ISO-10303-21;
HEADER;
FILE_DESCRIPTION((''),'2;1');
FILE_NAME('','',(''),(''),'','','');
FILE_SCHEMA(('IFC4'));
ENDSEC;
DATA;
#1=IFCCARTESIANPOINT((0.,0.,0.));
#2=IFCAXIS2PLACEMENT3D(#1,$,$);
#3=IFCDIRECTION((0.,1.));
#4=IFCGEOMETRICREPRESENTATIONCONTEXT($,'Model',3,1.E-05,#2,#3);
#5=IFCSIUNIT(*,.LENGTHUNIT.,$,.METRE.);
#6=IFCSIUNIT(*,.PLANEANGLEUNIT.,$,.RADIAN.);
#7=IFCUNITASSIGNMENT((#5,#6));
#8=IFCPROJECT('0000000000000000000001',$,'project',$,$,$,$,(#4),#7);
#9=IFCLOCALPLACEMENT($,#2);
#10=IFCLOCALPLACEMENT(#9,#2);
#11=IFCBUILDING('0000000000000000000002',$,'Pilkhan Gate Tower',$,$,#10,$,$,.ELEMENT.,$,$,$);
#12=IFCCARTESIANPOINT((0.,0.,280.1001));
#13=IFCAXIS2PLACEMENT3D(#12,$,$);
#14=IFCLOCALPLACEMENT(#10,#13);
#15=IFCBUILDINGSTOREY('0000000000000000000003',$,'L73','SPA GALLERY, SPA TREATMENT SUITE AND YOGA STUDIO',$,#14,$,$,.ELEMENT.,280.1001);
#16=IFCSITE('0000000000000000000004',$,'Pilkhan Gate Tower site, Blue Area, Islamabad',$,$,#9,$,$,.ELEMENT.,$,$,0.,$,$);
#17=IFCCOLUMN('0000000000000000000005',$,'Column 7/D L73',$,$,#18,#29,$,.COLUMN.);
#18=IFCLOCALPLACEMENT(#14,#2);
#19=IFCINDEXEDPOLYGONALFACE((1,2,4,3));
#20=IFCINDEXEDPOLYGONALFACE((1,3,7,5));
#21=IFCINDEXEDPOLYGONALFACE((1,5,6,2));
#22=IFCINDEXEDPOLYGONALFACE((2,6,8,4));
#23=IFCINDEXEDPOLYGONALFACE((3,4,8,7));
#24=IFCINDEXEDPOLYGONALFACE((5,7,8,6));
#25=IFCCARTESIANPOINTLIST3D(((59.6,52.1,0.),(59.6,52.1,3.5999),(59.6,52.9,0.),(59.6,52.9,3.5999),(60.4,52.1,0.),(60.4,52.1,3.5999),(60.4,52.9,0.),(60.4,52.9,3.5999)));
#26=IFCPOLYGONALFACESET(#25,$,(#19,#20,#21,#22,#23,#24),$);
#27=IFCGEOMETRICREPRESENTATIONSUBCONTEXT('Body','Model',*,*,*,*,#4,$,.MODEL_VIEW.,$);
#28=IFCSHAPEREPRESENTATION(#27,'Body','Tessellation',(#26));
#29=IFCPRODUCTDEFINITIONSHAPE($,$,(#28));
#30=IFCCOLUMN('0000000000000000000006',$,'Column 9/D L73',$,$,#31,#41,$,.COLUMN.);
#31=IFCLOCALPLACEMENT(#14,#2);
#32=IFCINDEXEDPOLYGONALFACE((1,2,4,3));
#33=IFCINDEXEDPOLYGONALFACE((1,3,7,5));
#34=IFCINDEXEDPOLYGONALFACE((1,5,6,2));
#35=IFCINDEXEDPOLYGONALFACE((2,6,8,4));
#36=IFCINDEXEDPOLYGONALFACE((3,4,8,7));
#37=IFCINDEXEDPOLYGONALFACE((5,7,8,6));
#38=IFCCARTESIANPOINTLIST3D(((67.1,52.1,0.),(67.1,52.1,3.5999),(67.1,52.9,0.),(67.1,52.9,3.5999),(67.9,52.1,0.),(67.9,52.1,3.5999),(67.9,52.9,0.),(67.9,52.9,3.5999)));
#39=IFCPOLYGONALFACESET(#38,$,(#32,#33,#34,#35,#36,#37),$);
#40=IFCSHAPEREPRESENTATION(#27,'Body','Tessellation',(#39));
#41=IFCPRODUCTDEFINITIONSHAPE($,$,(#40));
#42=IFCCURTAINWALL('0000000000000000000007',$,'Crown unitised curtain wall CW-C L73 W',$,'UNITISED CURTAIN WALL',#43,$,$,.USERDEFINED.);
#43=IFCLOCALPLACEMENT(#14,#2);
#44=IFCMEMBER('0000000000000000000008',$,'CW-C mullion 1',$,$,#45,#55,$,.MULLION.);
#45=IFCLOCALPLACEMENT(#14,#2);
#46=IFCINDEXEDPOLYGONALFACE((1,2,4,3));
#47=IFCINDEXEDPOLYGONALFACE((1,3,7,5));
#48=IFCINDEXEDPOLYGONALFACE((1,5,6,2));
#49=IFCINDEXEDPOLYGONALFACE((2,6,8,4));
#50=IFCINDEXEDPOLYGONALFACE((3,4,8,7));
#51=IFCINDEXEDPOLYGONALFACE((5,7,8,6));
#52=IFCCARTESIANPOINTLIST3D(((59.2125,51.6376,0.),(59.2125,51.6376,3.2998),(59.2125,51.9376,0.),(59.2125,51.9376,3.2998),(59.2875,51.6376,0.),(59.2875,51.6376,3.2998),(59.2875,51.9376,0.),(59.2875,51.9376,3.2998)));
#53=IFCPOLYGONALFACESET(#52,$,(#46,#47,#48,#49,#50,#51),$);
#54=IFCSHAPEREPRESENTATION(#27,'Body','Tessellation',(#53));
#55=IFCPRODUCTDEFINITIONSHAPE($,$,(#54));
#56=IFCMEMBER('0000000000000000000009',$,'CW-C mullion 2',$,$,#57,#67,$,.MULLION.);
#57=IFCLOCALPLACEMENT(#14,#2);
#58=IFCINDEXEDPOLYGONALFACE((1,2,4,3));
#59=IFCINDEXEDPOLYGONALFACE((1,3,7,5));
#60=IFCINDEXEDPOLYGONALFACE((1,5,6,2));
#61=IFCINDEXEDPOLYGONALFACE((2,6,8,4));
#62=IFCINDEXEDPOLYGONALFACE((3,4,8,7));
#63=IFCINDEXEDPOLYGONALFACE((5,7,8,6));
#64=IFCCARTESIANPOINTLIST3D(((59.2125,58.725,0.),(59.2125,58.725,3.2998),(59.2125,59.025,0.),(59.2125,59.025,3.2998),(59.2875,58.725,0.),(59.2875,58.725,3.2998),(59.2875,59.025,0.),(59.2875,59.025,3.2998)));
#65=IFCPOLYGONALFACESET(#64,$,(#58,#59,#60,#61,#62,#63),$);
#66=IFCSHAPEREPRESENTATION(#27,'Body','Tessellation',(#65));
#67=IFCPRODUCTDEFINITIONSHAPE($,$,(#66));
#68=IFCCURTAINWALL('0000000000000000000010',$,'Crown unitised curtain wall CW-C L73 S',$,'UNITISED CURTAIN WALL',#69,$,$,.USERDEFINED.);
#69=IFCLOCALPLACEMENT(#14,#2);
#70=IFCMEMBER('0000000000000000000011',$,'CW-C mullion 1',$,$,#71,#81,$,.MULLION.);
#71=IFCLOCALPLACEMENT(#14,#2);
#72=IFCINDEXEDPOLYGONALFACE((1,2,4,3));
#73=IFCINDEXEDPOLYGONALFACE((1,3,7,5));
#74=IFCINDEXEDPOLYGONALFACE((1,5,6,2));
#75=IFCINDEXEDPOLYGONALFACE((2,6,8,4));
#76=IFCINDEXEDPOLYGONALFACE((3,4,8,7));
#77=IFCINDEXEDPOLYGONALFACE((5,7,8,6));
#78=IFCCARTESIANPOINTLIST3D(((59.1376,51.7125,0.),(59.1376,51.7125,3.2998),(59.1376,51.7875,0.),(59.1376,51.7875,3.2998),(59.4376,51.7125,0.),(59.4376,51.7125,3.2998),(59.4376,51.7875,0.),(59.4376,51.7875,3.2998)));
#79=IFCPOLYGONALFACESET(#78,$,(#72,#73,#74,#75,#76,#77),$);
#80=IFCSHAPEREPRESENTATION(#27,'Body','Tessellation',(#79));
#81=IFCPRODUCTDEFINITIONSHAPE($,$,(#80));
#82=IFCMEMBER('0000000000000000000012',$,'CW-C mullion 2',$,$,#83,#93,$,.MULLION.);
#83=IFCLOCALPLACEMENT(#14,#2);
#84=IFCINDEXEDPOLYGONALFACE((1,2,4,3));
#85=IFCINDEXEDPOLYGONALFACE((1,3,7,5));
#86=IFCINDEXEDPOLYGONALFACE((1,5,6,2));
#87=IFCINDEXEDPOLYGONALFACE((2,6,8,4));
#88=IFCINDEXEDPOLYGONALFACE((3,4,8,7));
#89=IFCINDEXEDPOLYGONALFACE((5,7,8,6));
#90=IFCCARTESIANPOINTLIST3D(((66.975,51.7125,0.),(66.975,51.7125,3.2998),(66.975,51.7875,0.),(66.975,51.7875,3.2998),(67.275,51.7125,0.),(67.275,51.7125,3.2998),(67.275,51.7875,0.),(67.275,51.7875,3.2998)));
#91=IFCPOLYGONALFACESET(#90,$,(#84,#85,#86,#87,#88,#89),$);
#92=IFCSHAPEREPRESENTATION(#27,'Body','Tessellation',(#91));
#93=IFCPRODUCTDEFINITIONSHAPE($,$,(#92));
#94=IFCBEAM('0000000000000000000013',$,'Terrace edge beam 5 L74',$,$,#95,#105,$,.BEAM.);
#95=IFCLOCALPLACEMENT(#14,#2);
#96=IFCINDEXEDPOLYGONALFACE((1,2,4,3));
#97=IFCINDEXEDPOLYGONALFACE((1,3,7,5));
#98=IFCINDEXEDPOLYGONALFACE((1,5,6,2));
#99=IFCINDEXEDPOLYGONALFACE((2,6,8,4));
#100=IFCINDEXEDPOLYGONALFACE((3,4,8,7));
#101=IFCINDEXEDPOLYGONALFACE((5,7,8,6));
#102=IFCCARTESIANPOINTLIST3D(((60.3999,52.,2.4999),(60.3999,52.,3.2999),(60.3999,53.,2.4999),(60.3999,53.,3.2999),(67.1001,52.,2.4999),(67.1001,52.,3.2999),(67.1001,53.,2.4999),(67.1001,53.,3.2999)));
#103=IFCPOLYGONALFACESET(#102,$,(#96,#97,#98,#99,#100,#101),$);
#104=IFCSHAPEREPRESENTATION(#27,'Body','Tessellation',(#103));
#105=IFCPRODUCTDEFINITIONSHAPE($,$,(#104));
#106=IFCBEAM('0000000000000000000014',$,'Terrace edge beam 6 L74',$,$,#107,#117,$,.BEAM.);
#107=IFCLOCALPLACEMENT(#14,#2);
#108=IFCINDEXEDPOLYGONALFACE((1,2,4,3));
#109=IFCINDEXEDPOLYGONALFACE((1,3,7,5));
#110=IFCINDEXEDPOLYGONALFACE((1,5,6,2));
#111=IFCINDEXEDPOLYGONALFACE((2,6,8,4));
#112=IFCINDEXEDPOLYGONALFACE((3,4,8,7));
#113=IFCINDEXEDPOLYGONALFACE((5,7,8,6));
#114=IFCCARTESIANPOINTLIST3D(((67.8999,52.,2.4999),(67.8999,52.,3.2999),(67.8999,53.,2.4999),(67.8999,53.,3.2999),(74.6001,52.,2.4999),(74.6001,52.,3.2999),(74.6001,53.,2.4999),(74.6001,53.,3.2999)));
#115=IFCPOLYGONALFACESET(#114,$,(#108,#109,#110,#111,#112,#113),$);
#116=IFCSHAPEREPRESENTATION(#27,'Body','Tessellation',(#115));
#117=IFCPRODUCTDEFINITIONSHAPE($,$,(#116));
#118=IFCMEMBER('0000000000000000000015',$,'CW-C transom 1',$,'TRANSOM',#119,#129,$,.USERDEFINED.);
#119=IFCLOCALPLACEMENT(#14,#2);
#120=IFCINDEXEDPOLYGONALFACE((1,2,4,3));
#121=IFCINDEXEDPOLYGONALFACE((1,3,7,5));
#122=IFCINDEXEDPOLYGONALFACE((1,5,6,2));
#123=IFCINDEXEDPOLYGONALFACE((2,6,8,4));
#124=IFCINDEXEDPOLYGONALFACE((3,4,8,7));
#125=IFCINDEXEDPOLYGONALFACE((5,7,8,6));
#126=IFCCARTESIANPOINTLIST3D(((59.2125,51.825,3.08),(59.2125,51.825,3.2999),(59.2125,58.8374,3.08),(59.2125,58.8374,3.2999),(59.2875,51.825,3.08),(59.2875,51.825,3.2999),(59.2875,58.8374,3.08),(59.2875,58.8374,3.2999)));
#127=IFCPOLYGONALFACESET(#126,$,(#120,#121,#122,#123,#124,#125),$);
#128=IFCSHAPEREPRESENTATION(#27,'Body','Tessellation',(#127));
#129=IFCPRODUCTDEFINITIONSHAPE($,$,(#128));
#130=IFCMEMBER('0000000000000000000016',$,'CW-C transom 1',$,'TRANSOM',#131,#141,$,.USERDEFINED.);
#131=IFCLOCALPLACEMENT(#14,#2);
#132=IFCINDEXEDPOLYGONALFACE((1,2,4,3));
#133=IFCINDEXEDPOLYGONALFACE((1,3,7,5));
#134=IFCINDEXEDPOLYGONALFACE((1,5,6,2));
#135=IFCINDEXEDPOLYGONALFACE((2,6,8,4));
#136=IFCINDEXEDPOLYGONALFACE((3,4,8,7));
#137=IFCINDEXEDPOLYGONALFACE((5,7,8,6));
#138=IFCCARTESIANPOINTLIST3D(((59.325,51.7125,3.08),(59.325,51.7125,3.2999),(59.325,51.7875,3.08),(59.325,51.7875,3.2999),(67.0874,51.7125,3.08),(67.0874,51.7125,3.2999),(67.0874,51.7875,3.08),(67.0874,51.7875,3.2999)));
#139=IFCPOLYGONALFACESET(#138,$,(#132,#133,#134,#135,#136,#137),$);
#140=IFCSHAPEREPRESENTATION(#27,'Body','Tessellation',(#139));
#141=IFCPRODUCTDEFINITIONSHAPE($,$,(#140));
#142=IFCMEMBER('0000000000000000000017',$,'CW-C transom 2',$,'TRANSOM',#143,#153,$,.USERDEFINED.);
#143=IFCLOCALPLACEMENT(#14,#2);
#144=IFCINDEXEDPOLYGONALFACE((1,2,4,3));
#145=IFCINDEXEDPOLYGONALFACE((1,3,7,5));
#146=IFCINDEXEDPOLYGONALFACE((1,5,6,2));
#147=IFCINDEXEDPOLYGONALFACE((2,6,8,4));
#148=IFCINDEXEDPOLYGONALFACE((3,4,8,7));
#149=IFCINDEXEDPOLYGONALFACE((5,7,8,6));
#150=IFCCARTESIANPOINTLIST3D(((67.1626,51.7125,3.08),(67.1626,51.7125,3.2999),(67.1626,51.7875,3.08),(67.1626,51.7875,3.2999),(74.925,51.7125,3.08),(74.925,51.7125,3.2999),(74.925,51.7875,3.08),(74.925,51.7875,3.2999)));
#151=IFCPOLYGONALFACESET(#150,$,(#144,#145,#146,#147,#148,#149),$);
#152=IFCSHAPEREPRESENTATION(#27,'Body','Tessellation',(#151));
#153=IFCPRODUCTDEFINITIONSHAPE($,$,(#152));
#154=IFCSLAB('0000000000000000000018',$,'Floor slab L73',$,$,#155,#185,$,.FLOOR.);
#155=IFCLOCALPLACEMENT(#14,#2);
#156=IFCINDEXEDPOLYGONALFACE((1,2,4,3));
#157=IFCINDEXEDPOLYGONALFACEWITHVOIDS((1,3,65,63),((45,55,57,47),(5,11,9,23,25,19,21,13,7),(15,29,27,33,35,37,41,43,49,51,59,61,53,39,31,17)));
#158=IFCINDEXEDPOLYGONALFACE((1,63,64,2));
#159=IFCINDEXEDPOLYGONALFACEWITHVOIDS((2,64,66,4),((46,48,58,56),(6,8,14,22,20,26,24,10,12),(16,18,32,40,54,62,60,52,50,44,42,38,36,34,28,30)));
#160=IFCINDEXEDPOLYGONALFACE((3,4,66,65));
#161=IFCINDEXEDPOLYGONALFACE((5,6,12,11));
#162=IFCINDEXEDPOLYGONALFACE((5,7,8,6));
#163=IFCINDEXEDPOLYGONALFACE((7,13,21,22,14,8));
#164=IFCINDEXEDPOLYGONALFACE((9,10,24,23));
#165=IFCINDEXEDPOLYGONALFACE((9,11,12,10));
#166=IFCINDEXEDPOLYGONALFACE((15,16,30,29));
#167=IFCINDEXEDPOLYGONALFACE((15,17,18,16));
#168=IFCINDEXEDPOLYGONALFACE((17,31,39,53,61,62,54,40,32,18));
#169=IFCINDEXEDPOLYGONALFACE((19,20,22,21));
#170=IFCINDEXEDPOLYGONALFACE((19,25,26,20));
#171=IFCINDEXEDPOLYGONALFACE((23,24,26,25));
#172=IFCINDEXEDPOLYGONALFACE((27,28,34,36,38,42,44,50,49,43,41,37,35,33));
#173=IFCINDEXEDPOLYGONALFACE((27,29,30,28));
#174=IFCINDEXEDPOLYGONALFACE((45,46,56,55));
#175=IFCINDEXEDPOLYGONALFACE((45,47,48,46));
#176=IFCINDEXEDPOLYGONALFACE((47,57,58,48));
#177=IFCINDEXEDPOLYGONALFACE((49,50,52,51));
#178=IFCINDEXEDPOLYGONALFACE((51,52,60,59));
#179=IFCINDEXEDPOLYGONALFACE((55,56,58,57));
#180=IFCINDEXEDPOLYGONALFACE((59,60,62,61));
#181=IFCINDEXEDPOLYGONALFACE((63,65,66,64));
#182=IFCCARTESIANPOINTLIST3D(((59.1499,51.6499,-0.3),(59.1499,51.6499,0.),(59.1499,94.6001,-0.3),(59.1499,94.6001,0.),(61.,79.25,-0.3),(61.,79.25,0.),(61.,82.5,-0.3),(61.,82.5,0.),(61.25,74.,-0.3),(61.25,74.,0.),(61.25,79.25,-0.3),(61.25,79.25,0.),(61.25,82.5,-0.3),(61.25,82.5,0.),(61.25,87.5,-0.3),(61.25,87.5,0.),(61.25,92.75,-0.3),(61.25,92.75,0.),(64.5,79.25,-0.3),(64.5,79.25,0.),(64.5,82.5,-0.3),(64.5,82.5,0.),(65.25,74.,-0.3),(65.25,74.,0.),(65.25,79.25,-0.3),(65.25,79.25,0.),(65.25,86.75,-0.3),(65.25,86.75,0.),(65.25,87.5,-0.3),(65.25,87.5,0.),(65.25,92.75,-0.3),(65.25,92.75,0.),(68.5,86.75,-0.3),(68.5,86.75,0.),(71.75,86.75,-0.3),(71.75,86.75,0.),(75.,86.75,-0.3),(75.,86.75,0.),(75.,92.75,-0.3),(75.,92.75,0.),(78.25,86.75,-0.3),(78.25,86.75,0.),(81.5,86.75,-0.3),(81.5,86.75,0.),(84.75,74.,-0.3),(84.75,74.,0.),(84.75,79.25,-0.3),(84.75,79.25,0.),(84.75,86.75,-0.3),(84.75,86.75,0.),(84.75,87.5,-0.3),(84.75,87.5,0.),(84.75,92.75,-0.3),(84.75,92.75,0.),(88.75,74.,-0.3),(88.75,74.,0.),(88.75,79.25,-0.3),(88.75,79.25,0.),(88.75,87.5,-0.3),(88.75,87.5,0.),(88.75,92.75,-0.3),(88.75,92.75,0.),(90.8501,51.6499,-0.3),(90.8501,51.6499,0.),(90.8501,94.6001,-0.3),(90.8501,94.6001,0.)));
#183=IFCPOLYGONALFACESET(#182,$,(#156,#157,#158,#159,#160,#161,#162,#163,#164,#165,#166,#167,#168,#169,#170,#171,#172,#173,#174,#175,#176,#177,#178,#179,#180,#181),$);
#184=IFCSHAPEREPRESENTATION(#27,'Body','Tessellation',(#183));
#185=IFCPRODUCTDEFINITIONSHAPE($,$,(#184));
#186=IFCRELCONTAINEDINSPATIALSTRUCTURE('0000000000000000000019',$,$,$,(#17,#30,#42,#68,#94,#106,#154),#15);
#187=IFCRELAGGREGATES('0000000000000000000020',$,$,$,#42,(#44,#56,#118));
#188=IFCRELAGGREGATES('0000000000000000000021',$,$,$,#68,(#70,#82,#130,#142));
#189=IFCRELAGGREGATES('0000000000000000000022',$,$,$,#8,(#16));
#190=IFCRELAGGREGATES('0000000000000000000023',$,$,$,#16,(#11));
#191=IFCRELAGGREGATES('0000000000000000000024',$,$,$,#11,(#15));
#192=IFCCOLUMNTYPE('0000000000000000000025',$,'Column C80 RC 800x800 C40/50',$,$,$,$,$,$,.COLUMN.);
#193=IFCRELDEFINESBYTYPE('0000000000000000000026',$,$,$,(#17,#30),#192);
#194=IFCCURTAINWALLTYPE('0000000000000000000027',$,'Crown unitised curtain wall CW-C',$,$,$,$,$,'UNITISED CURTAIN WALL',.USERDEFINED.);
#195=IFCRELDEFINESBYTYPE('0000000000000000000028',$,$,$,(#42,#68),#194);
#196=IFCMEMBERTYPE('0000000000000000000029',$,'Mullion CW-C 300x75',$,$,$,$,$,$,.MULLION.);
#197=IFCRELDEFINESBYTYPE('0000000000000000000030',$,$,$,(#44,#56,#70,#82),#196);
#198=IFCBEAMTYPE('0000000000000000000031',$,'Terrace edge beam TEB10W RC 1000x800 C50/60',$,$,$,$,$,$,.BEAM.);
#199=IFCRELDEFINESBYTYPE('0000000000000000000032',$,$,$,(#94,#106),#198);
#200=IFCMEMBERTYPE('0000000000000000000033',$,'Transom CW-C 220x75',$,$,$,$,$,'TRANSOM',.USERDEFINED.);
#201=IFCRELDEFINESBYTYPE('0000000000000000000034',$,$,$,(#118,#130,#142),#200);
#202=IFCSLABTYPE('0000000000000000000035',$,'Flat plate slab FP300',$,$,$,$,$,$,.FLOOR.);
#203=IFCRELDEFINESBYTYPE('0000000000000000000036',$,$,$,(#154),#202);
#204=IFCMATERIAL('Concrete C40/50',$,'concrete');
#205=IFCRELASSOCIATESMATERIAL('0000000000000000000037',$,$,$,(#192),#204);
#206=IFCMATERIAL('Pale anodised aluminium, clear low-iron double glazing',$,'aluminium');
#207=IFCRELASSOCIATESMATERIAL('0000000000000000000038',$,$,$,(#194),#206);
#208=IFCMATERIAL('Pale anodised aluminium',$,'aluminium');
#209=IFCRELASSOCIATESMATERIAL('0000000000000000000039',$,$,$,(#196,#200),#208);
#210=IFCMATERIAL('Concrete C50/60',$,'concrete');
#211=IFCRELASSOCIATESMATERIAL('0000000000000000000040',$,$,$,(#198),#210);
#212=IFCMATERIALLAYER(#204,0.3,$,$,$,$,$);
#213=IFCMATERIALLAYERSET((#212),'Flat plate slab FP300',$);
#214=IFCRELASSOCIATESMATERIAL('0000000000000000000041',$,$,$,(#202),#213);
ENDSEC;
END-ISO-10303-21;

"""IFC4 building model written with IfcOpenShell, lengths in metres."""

from ifc_helpers import new_model, si_unit, direction, frame, origin, origin_2d, place, context, subcontext, project, spatial, polyline, rectangle, outline, extrude, material, layer, layer_set, material_profile, profile_set, type_object, element, aggregate, save


model = new_model("IFC4")

# Units and contexts
model_context = context("Model", 3, precision=1e-05, world=origin(), true_north=direction((0.0, 1.0)))
body_context = subcontext(model_context, "Body", "Model", "MODEL_VIEW")
ifc_project = project(units=[si_unit("LENGTHUNIT", "METRE"), si_unit("PLANEANGLEUNIT", "RADIAN")], contexts=[model_context])

# Site, building, storey
site_placement = place(None, origin())
site = spatial("IfcSite", under=ifc_project, at=site_placement, Name="Pilkhan Gate Tower site, Blue Area, Islamabad", CompositionType="ELEMENT", RefElevation=0.0)
building_placement = place(site_placement, origin())
building = spatial("IfcBuilding", under=site, at=building_placement, Name="Pilkhan Gate Tower", CompositionType="ELEMENT")
storey_placement = place(building_placement, frame((0.0, 0.0, 280.1001)))
storey = spatial("IfcBuildingStorey", under=building, at=storey_placement, Name="L73", Description="SPA GALLERY, SPA TREATMENT SUITE AND YOGA STUDIO", CompositionType="ELEMENT", Elevation=280.1001)

# Columns
ifc_material_1 = material(Name="Concrete C40/50", Category="concrete")
ifc_material_profile_1 = material_profile(ifc_material_1, rectangle(XDim=0.8, YDim=0.8, at=origin_2d()), Name="RC 800x800")
ifc_profile_set_1 = profile_set([ifc_material_profile_1], Name="Concrete C40/50")
column_type = type_object("IfcColumnType", Name="Column C80 RC 800x800 C40/50", PredefinedType="COLUMN", material=ifc_profile_set_1)
for number, where, z_axis, x_axis, name in (
    (1, (60.0, 52.5, 0.0), (0.0, 0.0, 1.0), (1.0, 0.0, 0.0), "Column 7/D L73"),
    (2, (67.5, 52.5, 0.0), (0.0, 0.0, 1.0), (1.0, 0.0, 0.0), "Column 9/D L73"),
):
    element("IfcColumn", number, at=place(storey_placement, frame(where, z_axis=z_axis, x_axis=x_axis)), inside=storey, type_object=column_type, Name=name, PredefinedType="COLUMN", context=body_context, shape_type="SweptSolid", body=[
        extrude(rectangle(XDim=0.8, YDim=0.8, at=origin_2d()), origin(), (0.0, 0.0, 1.0), 3.5999),
    ])

# Curtain walls, members
ifc_material_2 = material(Name="Pale anodised aluminium, clear low-iron double glazing", Category="aluminium")
curtain_wall_type = type_object("IfcCurtainWallType", Name="Crown unitised curtain wall CW-C", ElementType="UNITISED CURTAIN WALL", PredefinedType="USERDEFINED", material=ifc_material_2)
curtain_wall_1_placement = place(storey_placement, origin())
curtain_wall_1 = element("IfcCurtainWall", 3, at=curtain_wall_1_placement, inside=storey, type_object=curtain_wall_type, Name="Crown unitised curtain wall CW-C L73 W", ObjectType="UNITISED CURTAIN WALL", PredefinedType="USERDEFINED")
ifc_material_3 = material(Name="Pale anodised aluminium", Category="aluminium")
ifc_material_profile_2 = material_profile(ifc_material_3, rectangle(XDim=0.075, YDim=0.3, at=origin_2d()), Name="Mullion 300x75")
ifc_profile_set_2 = profile_set([ifc_material_profile_2], Name="Pale anodised aluminium")
member_type_1 = type_object("IfcMemberType", Name="Mullion CW-C 300x75", PredefinedType="MULLION", material=ifc_profile_set_2)
member_1_placement = place(storey_placement, frame((59.25, 51.7876, 0.0), z_axis=(0.0, 0.0, 1.0), x_axis=(-1.0, 0.0, 0.0)))
member_1 = element("IfcMember", 4, at=member_1_placement, type_object=member_type_1, Name="CW-C mullion 1", PredefinedType="MULLION", context=body_context, shape_type="SweptSolid", body=[
    extrude(rectangle(XDim=0.075, YDim=0.3, at=origin_2d()), origin(), (0.0, 0.0, 1.0), 3.2998),
])
member_2_placement = place(storey_placement, frame((59.25, 58.875, 0.0), z_axis=(0.0, 0.0, 1.0), x_axis=(-1.0, 0.0, 0.0)))
member_2 = element("IfcMember", 5, at=member_2_placement, type_object=member_type_1, Name="CW-C mullion 2", PredefinedType="MULLION", context=body_context, shape_type="SweptSolid", body=[
    extrude(rectangle(XDim=0.075, YDim=0.3, at=origin_2d()), origin(), (0.0, 0.0, 1.0), 3.2998),
])
curtain_wall_2_placement = place(storey_placement, origin())
curtain_wall_2 = element("IfcCurtainWall", 6, at=curtain_wall_2_placement, inside=storey, type_object=curtain_wall_type, Name="Crown unitised curtain wall CW-C L73 S", ObjectType="UNITISED CURTAIN WALL", PredefinedType="USERDEFINED")
member_3_placement = place(storey_placement, frame((59.2876, 51.75, 0.0), z_axis=(0.0, 0.0, 1.0), x_axis=(0.0, 1.0, 0.0)))
member_3 = element("IfcMember", 7, at=member_3_placement, type_object=member_type_1, Name="CW-C mullion 1", PredefinedType="MULLION", context=body_context, shape_type="SweptSolid", body=[
    extrude(rectangle(XDim=0.075, YDim=0.3, at=origin_2d()), origin(), (0.0, 0.0, 1.0), 3.2998),
])
member_4_placement = place(storey_placement, frame((67.125, 51.75, 0.0), z_axis=(0.0, 0.0, 1.0), x_axis=(0.0, 1.0, 0.0)))
member_4 = element("IfcMember", 8, at=member_4_placement, type_object=member_type_1, Name="CW-C mullion 2", PredefinedType="MULLION", context=body_context, shape_type="SweptSolid", body=[
    extrude(rectangle(XDim=0.075, YDim=0.3, at=origin_2d()), origin(), (0.0, 0.0, 1.0), 3.2998),
])

# Beams
ifc_material_4 = material(Name="Concrete C50/60", Category="concrete")
ifc_material_profile_3 = material_profile(ifc_material_4, rectangle(XDim=1.0, YDim=0.8, at=origin_2d()), Name="RC 1000x800")
ifc_profile_set_3 = profile_set([ifc_material_profile_3], Name="Concrete C50/60")
beam_type = type_object("IfcBeamType", Name="Terrace edge beam TEB10W RC 1000x800 C50/60", PredefinedType="BEAM", material=ifc_profile_set_3)
for number, where, z_axis, x_axis, name in (
    (9, (60.3999, 52.5, 2.8999), (1.0, 0.0, 0.0), (0.0, 1.0, 0.0), "Terrace edge beam 5 L74"),
    (10, (67.8999, 52.5, 2.8999), (1.0, 0.0, 0.0), (0.0, 1.0, 0.0), "Terrace edge beam 6 L74"),
):
    element("IfcBeam", number, at=place(storey_placement, frame(where, z_axis=z_axis, x_axis=x_axis)), inside=storey, type_object=beam_type, Name=name, PredefinedType="BEAM", context=body_context, shape_type="SweptSolid", body=[
        extrude(rectangle(XDim=1.0, YDim=0.8, at=origin_2d()), origin(), (0.0, 0.0, 1.0), 6.7002),
    ])

# Members
ifc_material_profile_4 = material_profile(ifc_material_3, rectangle(XDim=0.075, YDim=0.22, at=origin_2d()), Name="Transom 220x75")
ifc_profile_set_4 = profile_set([ifc_material_profile_4], Name="Pale anodised aluminium")
member_type_2 = type_object("IfcMemberType", Name="Transom CW-C 220x75", ElementType="TRANSOM", PredefinedType="USERDEFINED", material=ifc_profile_set_4)
member_5_placement = place(storey_placement, frame((59.25, 51.825, 3.1899), z_axis=(0.0, 1.0, 0.0), x_axis=(-1.0, 0.0, 0.0)))
member_5 = element("IfcMember", 11, at=member_5_placement, type_object=member_type_2, Name="CW-C transom 1", ObjectType="TRANSOM", PredefinedType="USERDEFINED", context=body_context, shape_type="SweptSolid", body=[
    extrude(rectangle(XDim=0.075, YDim=0.22, at=origin_2d()), origin(), (0.0, 0.0, 1.0), 7.0125),
])
member_6_placement = place(storey_placement, frame((59.325, 51.75, 3.1899), z_axis=(1.0, 0.0, 0.0), x_axis=(0.0, 1.0, 0.0)))
member_6 = element("IfcMember", 12, at=member_6_placement, type_object=member_type_2, Name="CW-C transom 1", ObjectType="TRANSOM", PredefinedType="USERDEFINED", context=body_context, shape_type="SweptSolid", body=[
    extrude(rectangle(XDim=0.075, YDim=0.22, at=origin_2d()), origin(), (0.0, 0.0, 1.0), 7.7625),
])
member_7_placement = place(storey_placement, frame((67.1626, 51.75, 3.1899), z_axis=(1.0, 0.0, 0.0), x_axis=(0.0, 1.0, 0.0)))
member_7 = element("IfcMember", 13, at=member_7_placement, type_object=member_type_2, Name="CW-C transom 2", ObjectType="TRANSOM", PredefinedType="USERDEFINED", context=body_context, shape_type="SweptSolid", body=[
    extrude(rectangle(XDim=0.075, YDim=0.22, at=origin_2d()), origin(), (0.0, 0.0, 1.0), 7.7625),
])

# Slab
ifc_layer_1 = layer(ifc_material_1, 0.3)
ifc_layer_set_1 = layer_set([ifc_layer_1], Name="Flat plate slab FP300")
slab_type_1 = type_object("IfcSlabType", Name="Flat plate slab FP300", PredefinedType="FLOOR", material=ifc_layer_set_1)
slab_1_placement = place(storey_placement, frame((0.0, 0.0, -0.3)))
element("IfcSlab", 14, at=slab_1_placement, inside=storey, type_object=slab_type_1, Name="Floor slab L73", PredefinedType="FLOOR", context=body_context, shape_type="SweptSolid", body=[
    extrude(outline(polyline([(59.1499, 94.6001), (90.8501, 94.6001), (90.8501, 51.6499), (59.1499, 51.6499), (59.1499, 94.6001)]), holes=[polyline([(78.25, 86.75), (81.5, 86.75), (84.75, 86.75), (84.75, 87.5), (88.75, 87.5), (88.75, 92.75), (84.75, 92.75), (75.0, 92.75), (65.25, 92.75), (61.25, 92.75), (61.25, 87.5), (65.25, 87.5), (65.25, 86.75), (68.5, 86.75), (71.75, 86.75), (75.0, 86.75), (78.25, 86.75)]), polyline([(84.75, 79.25), (84.75, 74.0), (88.75, 74.0), (88.75, 79.25), (84.75, 79.25)]), polyline([(65.25, 79.25), (64.5, 79.25), (64.5, 82.5), (61.25, 82.5), (61.0, 82.5), (61.0, 79.25), (61.25, 79.25), (61.25, 74.0), (65.25, 74.0), (65.25, 79.25)])]), origin(), (0.0, 0.0, 1.0), 0.3),
])

aggregate(curtain_wall_1, [member_1, member_2, member_5])
aggregate(curtain_wall_2, [member_3, member_4, member_6, member_7])

save(model, "model.ifc")
